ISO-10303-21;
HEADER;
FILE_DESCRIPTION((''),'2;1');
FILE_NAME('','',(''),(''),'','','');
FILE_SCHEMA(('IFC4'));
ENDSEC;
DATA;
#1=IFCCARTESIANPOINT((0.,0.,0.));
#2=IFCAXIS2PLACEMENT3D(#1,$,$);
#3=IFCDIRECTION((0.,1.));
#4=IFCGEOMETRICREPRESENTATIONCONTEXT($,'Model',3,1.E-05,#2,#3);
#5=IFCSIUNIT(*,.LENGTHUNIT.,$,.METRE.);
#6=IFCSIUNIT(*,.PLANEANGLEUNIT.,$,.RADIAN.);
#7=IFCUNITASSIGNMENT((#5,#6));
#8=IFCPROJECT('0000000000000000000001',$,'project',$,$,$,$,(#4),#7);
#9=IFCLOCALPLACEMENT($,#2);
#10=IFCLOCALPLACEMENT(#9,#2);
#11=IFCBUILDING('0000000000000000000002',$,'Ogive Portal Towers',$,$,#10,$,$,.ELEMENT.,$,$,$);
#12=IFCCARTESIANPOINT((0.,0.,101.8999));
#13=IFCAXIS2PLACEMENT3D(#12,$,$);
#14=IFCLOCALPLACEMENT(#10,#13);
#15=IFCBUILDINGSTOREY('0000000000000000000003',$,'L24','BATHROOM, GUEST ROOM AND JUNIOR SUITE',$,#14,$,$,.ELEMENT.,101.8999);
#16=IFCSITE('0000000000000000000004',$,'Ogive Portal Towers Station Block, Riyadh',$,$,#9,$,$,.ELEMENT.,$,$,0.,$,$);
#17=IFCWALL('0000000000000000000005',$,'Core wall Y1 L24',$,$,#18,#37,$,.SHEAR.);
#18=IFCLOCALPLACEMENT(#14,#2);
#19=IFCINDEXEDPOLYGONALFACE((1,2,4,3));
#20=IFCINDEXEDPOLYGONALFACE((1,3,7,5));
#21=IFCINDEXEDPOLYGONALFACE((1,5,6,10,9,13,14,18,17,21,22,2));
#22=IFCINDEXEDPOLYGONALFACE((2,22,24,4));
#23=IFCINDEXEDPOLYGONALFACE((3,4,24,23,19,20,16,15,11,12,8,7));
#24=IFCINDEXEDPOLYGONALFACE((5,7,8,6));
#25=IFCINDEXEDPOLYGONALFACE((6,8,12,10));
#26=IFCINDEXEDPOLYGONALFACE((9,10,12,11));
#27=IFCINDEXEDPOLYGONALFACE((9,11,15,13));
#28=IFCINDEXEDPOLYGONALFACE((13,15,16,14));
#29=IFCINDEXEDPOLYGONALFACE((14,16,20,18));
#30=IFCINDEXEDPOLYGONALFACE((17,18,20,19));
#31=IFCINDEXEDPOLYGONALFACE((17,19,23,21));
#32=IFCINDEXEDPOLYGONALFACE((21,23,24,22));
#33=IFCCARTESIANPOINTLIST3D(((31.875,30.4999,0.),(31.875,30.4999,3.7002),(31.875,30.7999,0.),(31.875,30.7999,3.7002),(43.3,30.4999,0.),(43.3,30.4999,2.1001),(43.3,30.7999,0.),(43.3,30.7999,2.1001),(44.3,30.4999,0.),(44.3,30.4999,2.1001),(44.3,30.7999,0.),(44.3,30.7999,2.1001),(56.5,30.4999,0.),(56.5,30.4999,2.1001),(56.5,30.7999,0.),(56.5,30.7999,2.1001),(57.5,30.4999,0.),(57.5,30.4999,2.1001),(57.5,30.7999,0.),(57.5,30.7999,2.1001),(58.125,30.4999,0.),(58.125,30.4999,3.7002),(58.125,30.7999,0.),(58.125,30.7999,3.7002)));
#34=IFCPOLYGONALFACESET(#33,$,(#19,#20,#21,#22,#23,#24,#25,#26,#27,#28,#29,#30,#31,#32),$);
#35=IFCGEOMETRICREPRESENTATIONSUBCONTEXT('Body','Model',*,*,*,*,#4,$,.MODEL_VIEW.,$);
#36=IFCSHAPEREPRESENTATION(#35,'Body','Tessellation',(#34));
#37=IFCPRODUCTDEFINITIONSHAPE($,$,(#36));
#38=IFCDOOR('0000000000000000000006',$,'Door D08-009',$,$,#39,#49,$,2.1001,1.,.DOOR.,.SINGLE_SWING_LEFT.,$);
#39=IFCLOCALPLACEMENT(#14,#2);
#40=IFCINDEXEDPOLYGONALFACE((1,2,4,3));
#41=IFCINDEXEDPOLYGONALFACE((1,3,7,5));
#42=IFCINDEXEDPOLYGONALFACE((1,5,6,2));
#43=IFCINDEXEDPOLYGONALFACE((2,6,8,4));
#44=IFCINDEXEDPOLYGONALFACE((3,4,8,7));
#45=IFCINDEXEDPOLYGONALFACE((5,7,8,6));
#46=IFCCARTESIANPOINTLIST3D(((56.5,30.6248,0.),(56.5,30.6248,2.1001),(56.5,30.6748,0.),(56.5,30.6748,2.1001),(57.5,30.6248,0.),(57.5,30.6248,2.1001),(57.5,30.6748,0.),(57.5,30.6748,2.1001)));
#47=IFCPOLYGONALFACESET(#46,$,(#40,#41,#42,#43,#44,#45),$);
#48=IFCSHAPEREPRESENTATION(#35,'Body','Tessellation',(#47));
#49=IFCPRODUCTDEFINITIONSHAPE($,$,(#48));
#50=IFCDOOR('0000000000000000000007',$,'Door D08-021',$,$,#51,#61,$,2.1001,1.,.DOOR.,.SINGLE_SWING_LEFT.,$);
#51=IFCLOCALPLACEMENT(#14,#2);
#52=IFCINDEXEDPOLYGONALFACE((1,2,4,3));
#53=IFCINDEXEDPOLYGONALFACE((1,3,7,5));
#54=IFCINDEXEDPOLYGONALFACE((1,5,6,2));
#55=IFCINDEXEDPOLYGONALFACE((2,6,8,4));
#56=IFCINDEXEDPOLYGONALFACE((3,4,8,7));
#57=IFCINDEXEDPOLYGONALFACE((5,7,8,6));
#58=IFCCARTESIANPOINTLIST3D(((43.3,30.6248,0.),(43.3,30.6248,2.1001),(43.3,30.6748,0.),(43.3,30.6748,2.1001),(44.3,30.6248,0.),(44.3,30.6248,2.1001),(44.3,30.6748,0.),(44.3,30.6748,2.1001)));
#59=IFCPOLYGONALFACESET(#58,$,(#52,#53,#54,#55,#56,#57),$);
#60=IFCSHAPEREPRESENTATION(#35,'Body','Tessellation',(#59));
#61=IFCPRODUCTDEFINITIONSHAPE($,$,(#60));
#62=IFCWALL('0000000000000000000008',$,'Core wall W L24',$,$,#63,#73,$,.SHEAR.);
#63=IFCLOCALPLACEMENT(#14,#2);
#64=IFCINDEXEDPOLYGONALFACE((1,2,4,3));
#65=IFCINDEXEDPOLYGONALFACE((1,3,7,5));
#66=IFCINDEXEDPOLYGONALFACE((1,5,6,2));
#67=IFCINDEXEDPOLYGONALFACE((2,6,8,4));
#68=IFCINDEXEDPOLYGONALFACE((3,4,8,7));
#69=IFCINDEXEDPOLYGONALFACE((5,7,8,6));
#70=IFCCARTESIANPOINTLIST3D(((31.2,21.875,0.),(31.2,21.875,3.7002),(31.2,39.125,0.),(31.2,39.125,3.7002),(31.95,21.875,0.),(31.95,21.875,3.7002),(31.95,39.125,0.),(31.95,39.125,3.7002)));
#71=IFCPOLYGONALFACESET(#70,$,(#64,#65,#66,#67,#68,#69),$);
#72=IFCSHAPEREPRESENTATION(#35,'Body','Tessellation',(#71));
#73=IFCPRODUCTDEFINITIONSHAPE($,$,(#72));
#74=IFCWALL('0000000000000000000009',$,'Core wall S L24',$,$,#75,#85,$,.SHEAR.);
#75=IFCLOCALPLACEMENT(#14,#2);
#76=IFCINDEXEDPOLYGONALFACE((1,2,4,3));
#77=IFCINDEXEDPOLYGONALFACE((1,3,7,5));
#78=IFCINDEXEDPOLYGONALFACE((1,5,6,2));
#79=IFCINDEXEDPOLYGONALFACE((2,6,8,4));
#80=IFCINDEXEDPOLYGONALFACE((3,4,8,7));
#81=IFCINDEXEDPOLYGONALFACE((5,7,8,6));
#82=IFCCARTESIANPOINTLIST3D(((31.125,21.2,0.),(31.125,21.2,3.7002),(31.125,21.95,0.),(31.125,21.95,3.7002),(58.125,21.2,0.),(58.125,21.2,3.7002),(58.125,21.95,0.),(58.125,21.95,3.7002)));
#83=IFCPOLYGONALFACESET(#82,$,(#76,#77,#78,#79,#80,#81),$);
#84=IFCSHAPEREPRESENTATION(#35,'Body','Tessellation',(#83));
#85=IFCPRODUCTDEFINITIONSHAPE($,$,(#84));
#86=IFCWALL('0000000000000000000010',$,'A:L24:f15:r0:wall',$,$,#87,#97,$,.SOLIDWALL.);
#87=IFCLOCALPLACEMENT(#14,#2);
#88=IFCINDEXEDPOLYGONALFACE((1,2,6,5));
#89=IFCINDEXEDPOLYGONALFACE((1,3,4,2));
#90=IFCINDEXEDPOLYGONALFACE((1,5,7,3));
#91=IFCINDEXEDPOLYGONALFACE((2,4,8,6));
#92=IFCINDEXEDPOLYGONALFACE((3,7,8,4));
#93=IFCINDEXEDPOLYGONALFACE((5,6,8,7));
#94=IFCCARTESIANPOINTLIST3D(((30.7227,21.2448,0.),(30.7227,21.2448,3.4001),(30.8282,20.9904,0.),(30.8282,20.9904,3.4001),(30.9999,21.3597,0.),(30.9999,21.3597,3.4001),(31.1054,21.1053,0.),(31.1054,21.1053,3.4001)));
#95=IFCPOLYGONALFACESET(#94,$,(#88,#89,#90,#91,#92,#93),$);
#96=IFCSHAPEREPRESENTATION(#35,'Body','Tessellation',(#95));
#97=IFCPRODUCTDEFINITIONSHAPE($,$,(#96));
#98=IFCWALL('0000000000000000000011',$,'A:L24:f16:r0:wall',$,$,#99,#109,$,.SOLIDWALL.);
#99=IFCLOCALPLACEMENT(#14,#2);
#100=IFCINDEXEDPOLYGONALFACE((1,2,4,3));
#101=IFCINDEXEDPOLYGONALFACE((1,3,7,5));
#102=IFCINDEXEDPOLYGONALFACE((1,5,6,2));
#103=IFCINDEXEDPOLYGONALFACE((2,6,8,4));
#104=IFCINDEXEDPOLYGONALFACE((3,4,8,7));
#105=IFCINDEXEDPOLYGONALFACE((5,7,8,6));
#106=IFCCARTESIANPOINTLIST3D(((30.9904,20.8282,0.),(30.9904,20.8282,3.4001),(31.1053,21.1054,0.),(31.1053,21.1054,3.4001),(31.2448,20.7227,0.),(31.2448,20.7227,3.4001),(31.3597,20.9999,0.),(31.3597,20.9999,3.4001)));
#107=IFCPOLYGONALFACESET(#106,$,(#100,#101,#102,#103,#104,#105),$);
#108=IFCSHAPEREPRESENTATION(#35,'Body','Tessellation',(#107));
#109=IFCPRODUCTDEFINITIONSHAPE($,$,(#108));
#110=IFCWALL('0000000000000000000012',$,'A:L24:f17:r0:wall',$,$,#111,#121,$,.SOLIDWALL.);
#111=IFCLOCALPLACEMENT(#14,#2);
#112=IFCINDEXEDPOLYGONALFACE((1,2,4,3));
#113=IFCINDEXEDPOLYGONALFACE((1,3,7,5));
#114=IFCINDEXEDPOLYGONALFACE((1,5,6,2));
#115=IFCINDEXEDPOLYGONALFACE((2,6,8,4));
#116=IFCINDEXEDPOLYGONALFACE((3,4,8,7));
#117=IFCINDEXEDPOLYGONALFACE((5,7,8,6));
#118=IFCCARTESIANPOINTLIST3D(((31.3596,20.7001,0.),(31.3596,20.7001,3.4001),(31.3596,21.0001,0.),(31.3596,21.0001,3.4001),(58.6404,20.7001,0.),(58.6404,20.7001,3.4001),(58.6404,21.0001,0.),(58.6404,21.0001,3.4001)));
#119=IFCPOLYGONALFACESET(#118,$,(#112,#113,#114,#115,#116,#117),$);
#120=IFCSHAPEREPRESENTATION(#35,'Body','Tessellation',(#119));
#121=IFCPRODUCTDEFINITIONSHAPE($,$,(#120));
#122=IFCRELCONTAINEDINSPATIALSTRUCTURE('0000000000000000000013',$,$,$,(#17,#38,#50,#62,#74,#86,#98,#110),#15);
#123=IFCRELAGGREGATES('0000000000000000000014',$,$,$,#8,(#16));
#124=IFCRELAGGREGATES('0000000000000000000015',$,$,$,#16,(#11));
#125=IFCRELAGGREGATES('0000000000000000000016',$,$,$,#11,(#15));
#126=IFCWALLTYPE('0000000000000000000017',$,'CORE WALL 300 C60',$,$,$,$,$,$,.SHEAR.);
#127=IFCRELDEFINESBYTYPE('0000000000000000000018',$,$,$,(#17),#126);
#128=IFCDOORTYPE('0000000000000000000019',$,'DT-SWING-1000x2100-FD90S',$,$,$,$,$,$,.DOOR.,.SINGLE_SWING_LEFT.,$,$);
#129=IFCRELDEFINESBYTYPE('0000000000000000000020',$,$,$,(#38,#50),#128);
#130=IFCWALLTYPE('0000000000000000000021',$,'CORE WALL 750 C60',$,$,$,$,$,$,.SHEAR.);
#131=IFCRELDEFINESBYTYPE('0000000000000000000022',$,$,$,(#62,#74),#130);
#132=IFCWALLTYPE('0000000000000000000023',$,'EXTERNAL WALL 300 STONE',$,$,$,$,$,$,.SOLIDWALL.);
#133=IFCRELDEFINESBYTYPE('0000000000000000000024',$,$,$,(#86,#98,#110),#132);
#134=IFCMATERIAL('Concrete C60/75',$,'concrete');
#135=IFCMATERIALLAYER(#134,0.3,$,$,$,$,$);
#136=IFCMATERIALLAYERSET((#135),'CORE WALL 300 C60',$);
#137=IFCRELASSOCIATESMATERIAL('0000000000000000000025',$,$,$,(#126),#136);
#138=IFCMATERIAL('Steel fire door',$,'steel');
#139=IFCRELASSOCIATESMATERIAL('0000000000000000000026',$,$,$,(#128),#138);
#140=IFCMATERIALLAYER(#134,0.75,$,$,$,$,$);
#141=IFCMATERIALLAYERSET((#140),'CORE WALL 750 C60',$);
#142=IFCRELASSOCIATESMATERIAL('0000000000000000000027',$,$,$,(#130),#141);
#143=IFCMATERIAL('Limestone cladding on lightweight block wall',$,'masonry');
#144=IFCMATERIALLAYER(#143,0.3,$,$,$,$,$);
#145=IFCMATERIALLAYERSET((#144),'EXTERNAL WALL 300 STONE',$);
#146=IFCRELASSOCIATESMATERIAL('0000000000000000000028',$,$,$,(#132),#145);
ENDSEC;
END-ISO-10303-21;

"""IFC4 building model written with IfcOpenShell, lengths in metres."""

from ifc_helpers import new_model, si_unit, direction, frame, frame_2d, origin, place, context, subcontext, project, spatial, rectangle, extrude, material, layer, layer_set, type_object, element, fill, save


model = new_model("IFC4")

# Units and contexts
model_context = context("Model", 3, precision=1e-05, world=origin(), true_north=direction((0.0, 1.0)))
body_context = subcontext(model_context, "Body", "Model", "MODEL_VIEW")
ifc_project = project(units=[si_unit("LENGTHUNIT", "METRE"), si_unit("PLANEANGLEUNIT", "RADIAN")], contexts=[model_context])

# Site, building, storey
site_placement = place(None, origin())
site = spatial("IfcSite", under=ifc_project, at=site_placement, Name="Ogive Portal Towers Station Block, Riyadh", CompositionType="ELEMENT", RefElevation=0.0)
building_placement = place(site_placement, origin())
building = spatial("IfcBuilding", under=site, at=building_placement, Name="Ogive Portal Towers", CompositionType="ELEMENT")
storey_placement = place(building_placement, frame((0.0, 0.0, 101.8999)))
storey = spatial("IfcBuildingStorey", under=building, at=storey_placement, Name="L24", Description="BATHROOM, GUEST ROOM AND JUNIOR SUITE", CompositionType="ELEMENT", Elevation=101.8999)

# Wall, openings, doors
ifc_material_1 = material(Name="Concrete C60/75", Category="concrete")
ifc_layer_1 = layer(ifc_material_1, 0.3)
ifc_layer_set_1 = layer_set([ifc_layer_1], Name="CORE WALL 300 C60")
wall_type_1 = type_object("IfcWallType", Name="CORE WALL 300 C60", PredefinedType="SHEAR", material=ifc_layer_set_1)
wall_1_placement = place(storey_placement, frame((31.875, 30.6499, 0.0), z_axis=(0.0, 0.0, 1.0), x_axis=(1.0, 0.0, 0.0)))
wall_1 = element("IfcWall", 1, at=wall_1_placement, inside=storey, type_object=wall_type_1, Name="Core wall Y1 L24", PredefinedType="SHEAR", context=body_context, shape_type="SweptSolid", body=[
    extrude(rectangle(XDim=26.25, YDim=0.3, at=frame_2d((13.125, 0.0))), origin(), (0.0, 0.0, 1.0), 3.7002),
])
opening_1_placement = place(wall_1_placement, frame((24.625, 0.0, 0.0)))
opening_1 = element("IfcOpeningElement", 2, at=opening_1_placement, cuts=wall_1, PredefinedType="OPENING", context=body_context, shape_type="SweptSolid", body=[
    extrude(rectangle(XDim=1.0, YDim=2.1001, at=frame_2d((0.5, 1.05))), frame((0.0, 0.1602, 0.0), z_axis=(0.0, -1.0, 0.0), x_axis=(1.0, 0.0, 0.0)), (0.0, 0.0, 1.0), 0.3201),
])
opening_2_placement = place(wall_1_placement, frame((11.425, 0.0, 0.0)))
opening_2 = element("IfcOpeningElement", 3, at=opening_2_placement, cuts=wall_1, PredefinedType="OPENING", context=body_context, shape_type="SweptSolid", body=[
    extrude(rectangle(XDim=1.0, YDim=2.1001, at=frame_2d((0.5, 1.05))), frame((0.0, 0.1602, 0.0), z_axis=(0.0, -1.0, 0.0), x_axis=(1.0, 0.0, 0.0)), (0.0, 0.0, 1.0), 0.3201),
])
ifc_material_2 = material(Name="Steel fire door", Category="steel")
door_type_1 = type_object("IfcDoorType", Name="DT-SWING-1000x2100-FD90S", OperationType="SINGLE_SWING_LEFT", PredefinedType="DOOR", material=ifc_material_2)
door_1_placement = place(opening_1_placement, origin())
door_1 = element("IfcDoor", 4, at=door_1_placement, inside=storey, type_object=door_type_1, Name="Door D08-009", OperationType="SINGLE_SWING_LEFT", OverallHeight=2.1001, OverallWidth=1.0, PredefinedType="DOOR", context=body_context, shape_type="SweptSolid", body=[
    extrude(rectangle(XDim=1.0, YDim=2.1001, at=frame_2d((0.5, 1.05))), frame((0.0, 0.0249, 0.0), z_axis=(0.0, -1.0, 0.0), x_axis=(1.0, 0.0, 0.0)), (0.0, 0.0, 1.0), 0.05),
])
fill(opening_1, door_1)
door_2_placement = place(opening_2_placement, origin())
door_2 = element("IfcDoor", 5, at=door_2_placement, inside=storey, type_object=door_type_1, Name="Door D08-021", OperationType="SINGLE_SWING_LEFT", OverallHeight=2.1001, OverallWidth=1.0, PredefinedType="DOOR", context=body_context, shape_type="SweptSolid", body=[
    extrude(rectangle(XDim=1.0, YDim=2.1001, at=frame_2d((0.5, 1.05))), frame((0.0, 0.0249, 0.0), z_axis=(0.0, -1.0, 0.0), x_axis=(1.0, 0.0, 0.0)), (0.0, 0.0, 1.0), 0.05),
])
fill(opening_2, door_2)

# Walls
ifc_layer_2 = layer(ifc_material_1, 0.75)
ifc_layer_set_2 = layer_set([ifc_layer_2], Name="CORE WALL 750 C60")
wall_type_2 = type_object("IfcWallType", Name="CORE WALL 750 C60", PredefinedType="SHEAR", material=ifc_layer_set_2)
wall_2_placement = place(storey_placement, frame((31.575, 21.875, 0.0), z_axis=(0.0, 0.0, 1.0), x_axis=(0.0, 1.0, 0.0)))
element("IfcWall", 6, at=wall_2_placement, inside=storey, type_object=wall_type_2, Name="Core wall W L24", PredefinedType="SHEAR", context=body_context, shape_type="SweptSolid", body=[
    extrude(rectangle(XDim=17.25, YDim=0.75, at=frame_2d((8.625, 0.0))), origin(), (0.0, 0.0, 1.0), 3.7002),
])
wall_3_placement = place(storey_placement, frame((31.125, 21.575, 0.0), z_axis=(0.0, 0.0, 1.0), x_axis=(1.0, 0.0, 0.0)))
element("IfcWall", 7, at=wall_3_placement, inside=storey, type_object=wall_type_2, Name="Core wall S L24", PredefinedType="SHEAR", context=body_context, shape_type="SweptSolid", body=[
    extrude(rectangle(XDim=27.0, YDim=0.75, at=frame_2d((13.5, 0.0))), origin(), (0.0, 0.0, 1.0), 3.7002),
])
ifc_material_3 = material(Name="Limestone cladding on lightweight block wall", Category="masonry")
ifc_layer_3 = layer(ifc_material_3, 0.3)
ifc_layer_set_3 = layer_set([ifc_layer_3], Name="EXTERNAL WALL 300 STONE")
wall_type_3 = type_object("IfcWallType", Name="EXTERNAL WALL 300 STONE", PredefinedType="SOLIDWALL", material=ifc_layer_set_3)
for number, where, z_axis, x_axis, name in (
    (8, (30.8613, 21.3022, 0.0), (0.0, 0.0, 1.0), (0.382978, -0.923757, 0.0), "A:L24:f15:r0:wall"),
    (9, (31.0479, 20.9668, 0.0), (0.0, 0.0, 1.0), (0.923757, -0.382978, 0.0), "A:L24:f16:r0:wall"),
):
    element("IfcWall", number, at=place(storey_placement, frame(where, z_axis=z_axis, x_axis=x_axis)), inside=storey, type_object=wall_type_3, Name=name, PredefinedType="SOLIDWALL", context=body_context, shape_type="SweptSolid", body=[
        extrude(rectangle(XDim=0.2754, YDim=0.3, at=frame_2d((0.1377, 0.0))), origin(), (0.0, 0.0, 1.0), 3.4001),
    ])
wall_4_placement = place(storey_placement, frame((31.3596, 20.8501, 0.0), z_axis=(0.0, 0.0, 1.0), x_axis=(1.0, 0.0, 0.0)))
element("IfcWall", 10, at=wall_4_placement, inside=storey, type_object=wall_type_3, Name="A:L24:f17:r0:wall", PredefinedType="SOLIDWALL", context=body_context, shape_type="SweptSolid", body=[
    extrude(rectangle(XDim=27.2808, YDim=0.3, at=frame_2d((13.6404, 0.0))), origin(), (0.0, 0.0, 1.0), 3.4001),
])

save(model, "model.ifc")
